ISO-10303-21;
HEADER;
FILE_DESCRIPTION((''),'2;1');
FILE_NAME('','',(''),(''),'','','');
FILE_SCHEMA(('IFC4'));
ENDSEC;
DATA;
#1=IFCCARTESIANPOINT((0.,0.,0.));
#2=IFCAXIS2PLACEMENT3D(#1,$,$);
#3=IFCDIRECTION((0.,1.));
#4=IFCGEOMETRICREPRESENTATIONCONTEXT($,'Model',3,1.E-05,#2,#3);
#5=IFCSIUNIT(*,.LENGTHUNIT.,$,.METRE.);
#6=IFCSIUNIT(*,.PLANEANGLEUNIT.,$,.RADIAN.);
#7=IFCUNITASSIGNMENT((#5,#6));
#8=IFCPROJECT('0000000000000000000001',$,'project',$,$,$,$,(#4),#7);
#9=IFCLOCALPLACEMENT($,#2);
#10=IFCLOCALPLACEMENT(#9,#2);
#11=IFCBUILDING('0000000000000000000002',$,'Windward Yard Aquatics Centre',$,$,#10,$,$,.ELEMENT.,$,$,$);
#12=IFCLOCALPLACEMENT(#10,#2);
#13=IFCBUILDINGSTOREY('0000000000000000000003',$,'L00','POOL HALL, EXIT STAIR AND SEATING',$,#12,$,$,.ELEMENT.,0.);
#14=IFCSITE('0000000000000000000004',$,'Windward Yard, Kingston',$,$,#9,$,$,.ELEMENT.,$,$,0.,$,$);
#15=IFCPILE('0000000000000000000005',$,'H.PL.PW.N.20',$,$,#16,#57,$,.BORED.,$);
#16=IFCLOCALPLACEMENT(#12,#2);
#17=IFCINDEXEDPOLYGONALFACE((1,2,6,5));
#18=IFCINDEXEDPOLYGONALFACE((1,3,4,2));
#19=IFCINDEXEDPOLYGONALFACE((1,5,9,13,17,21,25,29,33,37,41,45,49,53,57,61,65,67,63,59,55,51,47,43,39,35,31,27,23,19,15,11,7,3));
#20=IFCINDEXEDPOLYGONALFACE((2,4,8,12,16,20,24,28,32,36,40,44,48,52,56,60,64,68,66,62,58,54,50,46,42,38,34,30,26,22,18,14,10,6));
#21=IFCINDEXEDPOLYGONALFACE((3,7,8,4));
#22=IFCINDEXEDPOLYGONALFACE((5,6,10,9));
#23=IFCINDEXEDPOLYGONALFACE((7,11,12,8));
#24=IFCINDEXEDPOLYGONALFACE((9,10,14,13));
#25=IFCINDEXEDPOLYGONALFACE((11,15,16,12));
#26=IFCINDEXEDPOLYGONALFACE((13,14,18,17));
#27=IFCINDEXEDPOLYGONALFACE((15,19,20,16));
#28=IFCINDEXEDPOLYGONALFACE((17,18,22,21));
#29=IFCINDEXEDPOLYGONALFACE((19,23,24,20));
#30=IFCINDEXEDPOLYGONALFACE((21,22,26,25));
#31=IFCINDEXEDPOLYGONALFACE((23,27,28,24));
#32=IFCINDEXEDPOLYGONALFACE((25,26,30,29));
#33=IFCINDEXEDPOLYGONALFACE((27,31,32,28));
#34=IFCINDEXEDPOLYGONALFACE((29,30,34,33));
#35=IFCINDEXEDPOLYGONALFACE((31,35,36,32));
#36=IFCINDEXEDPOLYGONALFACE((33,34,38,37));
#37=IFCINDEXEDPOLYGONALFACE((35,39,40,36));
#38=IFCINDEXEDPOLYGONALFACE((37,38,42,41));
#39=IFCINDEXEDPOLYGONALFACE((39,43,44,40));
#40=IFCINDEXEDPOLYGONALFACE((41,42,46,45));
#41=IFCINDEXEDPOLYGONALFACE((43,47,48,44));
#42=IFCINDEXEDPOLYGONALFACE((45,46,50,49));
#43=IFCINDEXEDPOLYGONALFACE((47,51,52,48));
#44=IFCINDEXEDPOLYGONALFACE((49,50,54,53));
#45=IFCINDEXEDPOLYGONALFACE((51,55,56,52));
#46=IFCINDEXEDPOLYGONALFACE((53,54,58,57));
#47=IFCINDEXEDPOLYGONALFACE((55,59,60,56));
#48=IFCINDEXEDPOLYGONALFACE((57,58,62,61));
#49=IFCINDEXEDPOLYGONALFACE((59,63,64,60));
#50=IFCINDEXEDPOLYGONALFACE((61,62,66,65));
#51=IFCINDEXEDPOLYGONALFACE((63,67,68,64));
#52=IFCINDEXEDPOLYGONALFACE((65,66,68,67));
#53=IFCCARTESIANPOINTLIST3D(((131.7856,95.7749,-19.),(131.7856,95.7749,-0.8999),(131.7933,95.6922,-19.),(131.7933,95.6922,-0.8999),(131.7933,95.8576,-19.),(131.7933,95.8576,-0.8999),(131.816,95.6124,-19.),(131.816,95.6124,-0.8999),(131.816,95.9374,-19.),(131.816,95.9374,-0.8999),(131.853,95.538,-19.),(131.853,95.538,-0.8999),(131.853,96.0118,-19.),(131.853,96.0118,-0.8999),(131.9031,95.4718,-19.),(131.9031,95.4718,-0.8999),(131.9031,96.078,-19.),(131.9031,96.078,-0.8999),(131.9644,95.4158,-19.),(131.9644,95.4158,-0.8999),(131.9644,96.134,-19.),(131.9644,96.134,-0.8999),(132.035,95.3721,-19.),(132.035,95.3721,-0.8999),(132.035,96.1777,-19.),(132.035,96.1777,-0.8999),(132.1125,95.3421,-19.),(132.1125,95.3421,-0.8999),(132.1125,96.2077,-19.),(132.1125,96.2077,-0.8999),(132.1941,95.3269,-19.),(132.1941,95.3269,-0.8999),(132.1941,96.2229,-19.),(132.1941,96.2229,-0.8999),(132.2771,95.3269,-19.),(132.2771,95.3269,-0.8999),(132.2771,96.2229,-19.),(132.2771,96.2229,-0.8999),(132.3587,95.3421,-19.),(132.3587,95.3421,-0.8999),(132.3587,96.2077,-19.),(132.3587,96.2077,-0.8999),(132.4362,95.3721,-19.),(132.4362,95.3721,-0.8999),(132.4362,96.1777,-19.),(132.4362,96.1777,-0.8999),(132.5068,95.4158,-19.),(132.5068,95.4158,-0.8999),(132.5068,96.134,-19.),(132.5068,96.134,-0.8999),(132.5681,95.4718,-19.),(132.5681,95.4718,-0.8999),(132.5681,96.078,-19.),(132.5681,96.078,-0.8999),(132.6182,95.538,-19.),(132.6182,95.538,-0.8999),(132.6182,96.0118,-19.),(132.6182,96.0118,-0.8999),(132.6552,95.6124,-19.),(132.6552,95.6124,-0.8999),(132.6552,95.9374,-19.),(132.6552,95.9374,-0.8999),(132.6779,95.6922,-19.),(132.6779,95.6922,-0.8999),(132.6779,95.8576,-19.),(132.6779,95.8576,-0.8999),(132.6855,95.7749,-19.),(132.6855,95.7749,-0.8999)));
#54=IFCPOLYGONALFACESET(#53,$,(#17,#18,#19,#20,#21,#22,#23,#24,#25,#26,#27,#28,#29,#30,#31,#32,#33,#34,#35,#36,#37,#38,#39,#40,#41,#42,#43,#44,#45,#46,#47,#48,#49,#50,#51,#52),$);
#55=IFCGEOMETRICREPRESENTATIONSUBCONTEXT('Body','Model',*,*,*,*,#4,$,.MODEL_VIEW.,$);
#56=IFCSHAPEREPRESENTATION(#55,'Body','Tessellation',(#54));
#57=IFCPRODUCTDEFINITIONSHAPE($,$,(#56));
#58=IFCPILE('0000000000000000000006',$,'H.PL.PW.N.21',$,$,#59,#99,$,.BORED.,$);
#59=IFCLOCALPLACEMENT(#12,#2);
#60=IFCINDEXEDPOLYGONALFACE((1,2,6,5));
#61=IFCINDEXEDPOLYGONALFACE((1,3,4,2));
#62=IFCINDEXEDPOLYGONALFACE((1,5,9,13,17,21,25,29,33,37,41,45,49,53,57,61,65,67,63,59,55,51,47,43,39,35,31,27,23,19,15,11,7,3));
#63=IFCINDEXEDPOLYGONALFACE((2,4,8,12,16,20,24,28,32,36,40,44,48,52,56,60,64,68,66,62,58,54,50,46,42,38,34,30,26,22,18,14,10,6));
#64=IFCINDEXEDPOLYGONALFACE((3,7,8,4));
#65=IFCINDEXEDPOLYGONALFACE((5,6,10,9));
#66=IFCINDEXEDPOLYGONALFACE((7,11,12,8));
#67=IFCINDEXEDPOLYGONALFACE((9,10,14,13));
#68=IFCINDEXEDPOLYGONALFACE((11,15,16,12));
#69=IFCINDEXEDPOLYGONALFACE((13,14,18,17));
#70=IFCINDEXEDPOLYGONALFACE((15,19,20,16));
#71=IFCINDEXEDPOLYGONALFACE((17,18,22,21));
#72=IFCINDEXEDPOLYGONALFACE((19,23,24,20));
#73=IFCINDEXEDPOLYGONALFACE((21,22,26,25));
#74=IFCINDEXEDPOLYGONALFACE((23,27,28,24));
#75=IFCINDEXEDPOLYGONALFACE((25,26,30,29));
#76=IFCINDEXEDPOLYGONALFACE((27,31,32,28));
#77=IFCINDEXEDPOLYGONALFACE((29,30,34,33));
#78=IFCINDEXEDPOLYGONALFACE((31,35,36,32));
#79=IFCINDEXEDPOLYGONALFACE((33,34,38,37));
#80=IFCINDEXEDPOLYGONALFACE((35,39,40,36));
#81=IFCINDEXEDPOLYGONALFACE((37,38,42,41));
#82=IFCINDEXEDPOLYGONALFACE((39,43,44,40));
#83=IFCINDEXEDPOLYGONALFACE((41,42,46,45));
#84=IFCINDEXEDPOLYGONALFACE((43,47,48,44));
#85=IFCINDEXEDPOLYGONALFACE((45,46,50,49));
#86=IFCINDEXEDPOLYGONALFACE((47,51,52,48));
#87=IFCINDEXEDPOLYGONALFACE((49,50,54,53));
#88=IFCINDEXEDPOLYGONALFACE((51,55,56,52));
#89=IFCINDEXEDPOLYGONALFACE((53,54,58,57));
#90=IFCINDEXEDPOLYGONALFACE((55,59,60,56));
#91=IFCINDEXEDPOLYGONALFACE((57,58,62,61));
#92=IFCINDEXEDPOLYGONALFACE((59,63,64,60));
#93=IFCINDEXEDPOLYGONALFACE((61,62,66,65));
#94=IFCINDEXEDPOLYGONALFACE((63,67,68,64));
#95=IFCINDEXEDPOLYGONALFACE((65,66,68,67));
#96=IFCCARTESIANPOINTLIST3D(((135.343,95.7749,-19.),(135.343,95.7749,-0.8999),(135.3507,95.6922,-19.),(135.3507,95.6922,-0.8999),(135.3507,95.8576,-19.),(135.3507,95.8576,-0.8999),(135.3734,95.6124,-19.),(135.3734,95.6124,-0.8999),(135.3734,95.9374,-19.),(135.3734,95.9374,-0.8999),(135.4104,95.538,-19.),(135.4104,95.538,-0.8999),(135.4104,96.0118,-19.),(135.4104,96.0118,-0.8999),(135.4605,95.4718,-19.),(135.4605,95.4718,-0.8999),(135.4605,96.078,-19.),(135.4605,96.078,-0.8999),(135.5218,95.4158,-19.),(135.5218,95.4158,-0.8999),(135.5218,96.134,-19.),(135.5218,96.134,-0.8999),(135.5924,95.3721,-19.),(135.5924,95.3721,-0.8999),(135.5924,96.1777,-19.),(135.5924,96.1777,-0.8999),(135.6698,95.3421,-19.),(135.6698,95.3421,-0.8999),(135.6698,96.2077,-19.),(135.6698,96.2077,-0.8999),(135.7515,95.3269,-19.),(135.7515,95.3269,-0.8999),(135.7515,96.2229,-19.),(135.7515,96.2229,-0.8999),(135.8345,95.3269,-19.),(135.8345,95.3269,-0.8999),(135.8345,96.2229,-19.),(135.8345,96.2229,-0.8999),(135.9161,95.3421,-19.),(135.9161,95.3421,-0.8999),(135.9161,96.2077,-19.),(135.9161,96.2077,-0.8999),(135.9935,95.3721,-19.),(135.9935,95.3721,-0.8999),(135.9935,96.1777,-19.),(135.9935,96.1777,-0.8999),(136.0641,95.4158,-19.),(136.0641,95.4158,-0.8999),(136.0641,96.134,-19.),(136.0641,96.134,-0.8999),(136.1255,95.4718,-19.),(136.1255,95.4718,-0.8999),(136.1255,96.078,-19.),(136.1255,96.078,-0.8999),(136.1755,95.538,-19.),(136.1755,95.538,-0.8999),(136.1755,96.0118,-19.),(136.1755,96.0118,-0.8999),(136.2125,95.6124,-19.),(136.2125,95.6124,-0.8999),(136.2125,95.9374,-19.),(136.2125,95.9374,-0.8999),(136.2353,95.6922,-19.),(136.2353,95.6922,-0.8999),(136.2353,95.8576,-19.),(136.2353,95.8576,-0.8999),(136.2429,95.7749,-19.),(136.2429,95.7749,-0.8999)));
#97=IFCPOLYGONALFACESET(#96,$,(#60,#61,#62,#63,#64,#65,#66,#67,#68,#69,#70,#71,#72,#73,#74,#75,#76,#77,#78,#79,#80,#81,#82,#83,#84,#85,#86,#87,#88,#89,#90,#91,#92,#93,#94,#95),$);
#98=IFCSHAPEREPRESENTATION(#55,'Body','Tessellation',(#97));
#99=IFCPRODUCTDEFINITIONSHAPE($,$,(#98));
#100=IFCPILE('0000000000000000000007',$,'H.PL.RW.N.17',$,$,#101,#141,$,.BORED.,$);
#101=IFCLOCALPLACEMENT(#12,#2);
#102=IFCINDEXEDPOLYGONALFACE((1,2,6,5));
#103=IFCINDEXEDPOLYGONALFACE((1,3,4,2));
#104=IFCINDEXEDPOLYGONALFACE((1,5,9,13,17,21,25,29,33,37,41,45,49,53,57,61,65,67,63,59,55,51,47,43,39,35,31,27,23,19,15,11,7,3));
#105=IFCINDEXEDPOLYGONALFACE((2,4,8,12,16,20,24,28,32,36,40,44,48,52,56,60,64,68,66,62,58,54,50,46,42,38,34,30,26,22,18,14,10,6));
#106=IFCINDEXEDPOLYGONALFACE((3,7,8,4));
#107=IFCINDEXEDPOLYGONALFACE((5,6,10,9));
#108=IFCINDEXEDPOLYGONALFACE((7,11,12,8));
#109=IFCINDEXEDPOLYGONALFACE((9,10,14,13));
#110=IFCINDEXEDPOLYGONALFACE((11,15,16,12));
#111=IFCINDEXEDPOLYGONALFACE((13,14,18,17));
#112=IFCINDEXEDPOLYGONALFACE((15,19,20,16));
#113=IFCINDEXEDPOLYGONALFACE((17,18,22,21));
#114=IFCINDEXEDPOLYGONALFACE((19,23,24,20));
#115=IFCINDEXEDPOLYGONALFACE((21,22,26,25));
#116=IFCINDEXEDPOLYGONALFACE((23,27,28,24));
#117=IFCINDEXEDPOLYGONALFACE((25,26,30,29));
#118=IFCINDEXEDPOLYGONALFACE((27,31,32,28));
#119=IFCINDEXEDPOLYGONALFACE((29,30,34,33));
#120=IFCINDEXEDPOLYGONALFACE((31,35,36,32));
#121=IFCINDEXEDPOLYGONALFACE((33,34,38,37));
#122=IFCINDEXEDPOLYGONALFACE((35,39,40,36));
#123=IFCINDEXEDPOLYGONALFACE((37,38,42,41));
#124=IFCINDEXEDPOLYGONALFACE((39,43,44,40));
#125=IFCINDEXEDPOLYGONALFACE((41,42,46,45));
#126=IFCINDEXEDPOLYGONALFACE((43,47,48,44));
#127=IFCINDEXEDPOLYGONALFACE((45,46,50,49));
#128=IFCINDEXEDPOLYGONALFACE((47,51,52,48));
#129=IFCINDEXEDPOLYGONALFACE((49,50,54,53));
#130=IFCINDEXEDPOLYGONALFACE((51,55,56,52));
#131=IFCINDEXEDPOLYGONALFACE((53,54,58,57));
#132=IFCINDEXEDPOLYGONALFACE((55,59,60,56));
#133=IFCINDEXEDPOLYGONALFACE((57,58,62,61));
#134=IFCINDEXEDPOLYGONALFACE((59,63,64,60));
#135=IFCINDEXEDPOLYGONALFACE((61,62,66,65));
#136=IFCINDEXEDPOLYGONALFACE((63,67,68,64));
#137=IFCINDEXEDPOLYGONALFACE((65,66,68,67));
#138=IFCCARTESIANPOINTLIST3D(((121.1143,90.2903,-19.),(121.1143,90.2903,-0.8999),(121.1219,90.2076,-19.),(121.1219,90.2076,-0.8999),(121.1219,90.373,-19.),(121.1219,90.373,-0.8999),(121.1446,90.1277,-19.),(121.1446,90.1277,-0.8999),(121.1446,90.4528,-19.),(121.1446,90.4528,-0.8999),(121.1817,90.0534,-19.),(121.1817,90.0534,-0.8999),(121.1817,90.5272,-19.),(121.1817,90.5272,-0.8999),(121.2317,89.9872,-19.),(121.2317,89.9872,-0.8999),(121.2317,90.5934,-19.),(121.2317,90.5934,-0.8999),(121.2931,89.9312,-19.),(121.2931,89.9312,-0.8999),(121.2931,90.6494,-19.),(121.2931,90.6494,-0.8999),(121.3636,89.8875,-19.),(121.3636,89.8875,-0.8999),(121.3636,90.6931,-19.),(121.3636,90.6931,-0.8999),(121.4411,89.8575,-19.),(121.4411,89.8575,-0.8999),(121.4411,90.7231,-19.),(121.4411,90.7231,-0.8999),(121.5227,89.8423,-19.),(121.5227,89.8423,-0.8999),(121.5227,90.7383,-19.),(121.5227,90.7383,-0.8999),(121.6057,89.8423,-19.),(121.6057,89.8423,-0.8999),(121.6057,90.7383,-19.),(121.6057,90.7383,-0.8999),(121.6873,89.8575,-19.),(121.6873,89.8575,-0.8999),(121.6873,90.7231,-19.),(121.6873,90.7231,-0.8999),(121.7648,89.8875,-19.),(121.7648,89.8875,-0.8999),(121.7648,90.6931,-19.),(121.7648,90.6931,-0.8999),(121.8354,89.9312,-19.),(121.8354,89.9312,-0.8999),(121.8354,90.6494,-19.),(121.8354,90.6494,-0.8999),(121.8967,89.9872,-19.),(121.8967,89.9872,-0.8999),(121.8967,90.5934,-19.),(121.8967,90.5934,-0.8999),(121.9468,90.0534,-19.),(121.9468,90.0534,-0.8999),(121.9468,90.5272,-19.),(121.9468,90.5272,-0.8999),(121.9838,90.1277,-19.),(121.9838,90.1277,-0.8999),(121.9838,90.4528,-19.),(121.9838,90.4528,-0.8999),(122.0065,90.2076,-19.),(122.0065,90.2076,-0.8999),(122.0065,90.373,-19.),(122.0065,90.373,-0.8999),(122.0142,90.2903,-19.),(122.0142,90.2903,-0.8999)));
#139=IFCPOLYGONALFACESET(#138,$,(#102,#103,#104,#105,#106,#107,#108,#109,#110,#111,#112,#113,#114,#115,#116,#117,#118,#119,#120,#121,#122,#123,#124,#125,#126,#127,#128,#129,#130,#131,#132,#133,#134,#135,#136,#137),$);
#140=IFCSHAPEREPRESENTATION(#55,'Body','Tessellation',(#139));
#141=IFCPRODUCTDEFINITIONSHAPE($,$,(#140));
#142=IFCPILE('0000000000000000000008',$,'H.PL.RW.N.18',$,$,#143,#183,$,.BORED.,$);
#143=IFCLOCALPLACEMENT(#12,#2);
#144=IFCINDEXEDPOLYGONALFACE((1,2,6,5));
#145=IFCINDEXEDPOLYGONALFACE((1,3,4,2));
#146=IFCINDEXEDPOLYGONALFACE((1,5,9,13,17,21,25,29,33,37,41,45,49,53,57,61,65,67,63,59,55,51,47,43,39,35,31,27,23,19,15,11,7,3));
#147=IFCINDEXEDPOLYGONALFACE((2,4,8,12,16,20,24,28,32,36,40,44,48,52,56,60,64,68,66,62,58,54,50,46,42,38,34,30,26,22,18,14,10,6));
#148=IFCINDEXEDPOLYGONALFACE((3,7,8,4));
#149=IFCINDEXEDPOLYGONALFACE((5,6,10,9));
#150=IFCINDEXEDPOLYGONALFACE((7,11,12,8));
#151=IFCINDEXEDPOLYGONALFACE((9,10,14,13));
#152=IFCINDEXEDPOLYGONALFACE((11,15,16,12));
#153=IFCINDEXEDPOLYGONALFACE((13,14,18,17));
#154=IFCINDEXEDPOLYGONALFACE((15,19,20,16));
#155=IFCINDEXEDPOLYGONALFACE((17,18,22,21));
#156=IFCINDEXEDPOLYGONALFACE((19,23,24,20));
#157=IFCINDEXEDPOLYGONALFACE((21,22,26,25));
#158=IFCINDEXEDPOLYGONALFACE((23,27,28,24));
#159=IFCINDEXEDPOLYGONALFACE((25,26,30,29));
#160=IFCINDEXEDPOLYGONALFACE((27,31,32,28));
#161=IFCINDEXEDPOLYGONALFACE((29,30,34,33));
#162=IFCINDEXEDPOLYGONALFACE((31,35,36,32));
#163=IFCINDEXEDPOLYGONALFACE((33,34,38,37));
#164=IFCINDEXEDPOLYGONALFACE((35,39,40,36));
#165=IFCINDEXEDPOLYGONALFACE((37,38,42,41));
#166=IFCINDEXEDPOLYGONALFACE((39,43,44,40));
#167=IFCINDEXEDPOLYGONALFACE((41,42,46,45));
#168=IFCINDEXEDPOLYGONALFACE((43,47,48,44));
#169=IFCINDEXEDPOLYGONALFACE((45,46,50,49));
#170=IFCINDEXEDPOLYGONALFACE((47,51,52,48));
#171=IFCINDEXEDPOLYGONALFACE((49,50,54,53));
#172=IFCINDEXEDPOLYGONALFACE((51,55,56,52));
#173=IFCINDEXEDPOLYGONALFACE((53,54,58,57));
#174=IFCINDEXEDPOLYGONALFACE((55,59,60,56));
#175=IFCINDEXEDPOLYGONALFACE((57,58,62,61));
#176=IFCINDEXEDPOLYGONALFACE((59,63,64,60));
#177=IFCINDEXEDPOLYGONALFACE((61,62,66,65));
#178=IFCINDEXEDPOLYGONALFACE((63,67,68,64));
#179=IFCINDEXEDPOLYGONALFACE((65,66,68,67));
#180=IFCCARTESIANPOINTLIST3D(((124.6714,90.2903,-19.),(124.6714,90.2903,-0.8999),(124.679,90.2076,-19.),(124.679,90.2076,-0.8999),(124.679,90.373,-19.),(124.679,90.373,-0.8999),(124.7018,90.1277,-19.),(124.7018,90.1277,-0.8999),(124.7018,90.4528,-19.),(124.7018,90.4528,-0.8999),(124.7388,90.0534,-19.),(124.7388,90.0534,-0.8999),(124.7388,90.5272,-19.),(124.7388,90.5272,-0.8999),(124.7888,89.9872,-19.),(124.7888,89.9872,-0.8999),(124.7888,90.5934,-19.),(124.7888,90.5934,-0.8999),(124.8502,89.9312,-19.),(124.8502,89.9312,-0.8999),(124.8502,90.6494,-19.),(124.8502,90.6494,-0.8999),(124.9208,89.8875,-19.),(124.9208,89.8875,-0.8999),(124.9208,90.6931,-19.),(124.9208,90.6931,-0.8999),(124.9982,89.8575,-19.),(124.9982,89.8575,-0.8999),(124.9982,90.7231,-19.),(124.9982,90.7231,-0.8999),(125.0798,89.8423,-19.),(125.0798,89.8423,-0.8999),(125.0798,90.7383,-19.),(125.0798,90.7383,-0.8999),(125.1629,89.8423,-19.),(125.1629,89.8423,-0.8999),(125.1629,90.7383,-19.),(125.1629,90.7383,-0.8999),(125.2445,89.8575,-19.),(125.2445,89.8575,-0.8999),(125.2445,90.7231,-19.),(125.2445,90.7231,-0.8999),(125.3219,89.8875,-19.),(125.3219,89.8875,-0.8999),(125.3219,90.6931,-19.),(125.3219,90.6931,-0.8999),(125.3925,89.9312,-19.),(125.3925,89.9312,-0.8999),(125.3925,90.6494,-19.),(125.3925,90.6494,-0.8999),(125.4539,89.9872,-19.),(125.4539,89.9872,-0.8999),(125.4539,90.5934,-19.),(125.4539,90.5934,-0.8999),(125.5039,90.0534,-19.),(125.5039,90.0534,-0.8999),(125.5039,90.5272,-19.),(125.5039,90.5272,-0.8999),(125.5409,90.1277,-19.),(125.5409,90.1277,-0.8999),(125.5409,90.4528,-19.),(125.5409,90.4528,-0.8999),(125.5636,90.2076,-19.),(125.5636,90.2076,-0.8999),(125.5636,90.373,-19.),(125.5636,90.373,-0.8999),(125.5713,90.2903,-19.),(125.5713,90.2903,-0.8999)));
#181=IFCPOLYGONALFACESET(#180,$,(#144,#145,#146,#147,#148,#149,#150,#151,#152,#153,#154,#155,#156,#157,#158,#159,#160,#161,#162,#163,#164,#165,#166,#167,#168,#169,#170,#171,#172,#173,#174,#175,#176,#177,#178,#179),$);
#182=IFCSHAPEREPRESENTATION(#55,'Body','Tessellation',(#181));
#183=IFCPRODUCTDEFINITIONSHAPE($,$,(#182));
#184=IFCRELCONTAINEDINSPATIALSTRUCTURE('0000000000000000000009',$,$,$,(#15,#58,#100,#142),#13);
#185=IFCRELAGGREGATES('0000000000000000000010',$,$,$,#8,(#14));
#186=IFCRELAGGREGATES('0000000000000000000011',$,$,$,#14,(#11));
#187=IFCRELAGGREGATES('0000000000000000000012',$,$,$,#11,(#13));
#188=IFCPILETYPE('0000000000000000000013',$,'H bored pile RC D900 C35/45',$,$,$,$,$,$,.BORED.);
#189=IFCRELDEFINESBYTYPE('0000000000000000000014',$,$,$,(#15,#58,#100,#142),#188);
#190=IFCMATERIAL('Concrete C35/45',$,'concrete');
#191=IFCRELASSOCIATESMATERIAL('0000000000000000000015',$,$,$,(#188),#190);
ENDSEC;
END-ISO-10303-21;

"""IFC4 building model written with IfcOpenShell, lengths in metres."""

from ifc_helpers import new_model, si_unit, direction, frame, origin, origin_2d, place, context, subcontext, project, spatial, circle, extrude, material, material_profile, profile_set, type_object, element, save


model = new_model("IFC4")

# Units and contexts
model_context = context("Model", 3, precision=1e-05, world=origin(), true_north=direction((0.0, 1.0)))
body_context = subcontext(model_context, "Body", "Model", "MODEL_VIEW")
ifc_project = project(units=[si_unit("LENGTHUNIT", "METRE"), si_unit("PLANEANGLEUNIT", "RADIAN")], contexts=[model_context])

# Site, building, storey
site_placement = place(None, origin())
site = spatial("IfcSite", under=ifc_project, at=site_placement, Name="Windward Yard, Kingston", CompositionType="ELEMENT", RefElevation=0.0)
building_placement = place(site_placement, origin())
building = spatial("IfcBuilding", under=site, at=building_placement, Name="Windward Yard Aquatics Centre", CompositionType="ELEMENT")
storey_placement = place(building_placement, origin())
storey = spatial("IfcBuildingStorey", under=building, at=storey_placement, Name="L00", Description="POOL HALL, EXIT STAIR AND SEATING", CompositionType="ELEMENT", Elevation=0.0)

# Shared definitions
ifc_material_1 = material(Name="Concrete C35/45", Category="concrete")

# Piles
ifc_material_profile_1 = material_profile(ifc_material_1, circle(Radius=0.45, at=origin_2d()), Name="RC D900")
ifc_profile_set_1 = profile_set([ifc_material_profile_1], Name="Concrete C35/45")
pile_type = type_object("IfcPileType", Name="H bored pile RC D900 C35/45", PredefinedType="BORED", material=ifc_profile_set_1)
for number, where, z_axis, x_axis, name in (
    (1, (132.2356, 95.7749, -0.8999), (0.0, 0.0, -1.0), (1.0, 0.0, 0.0), "H.PL.PW.N.20"),
    (2, (135.793, 95.7749, -0.8999), (0.0, 0.0, -1.0), (1.0, 0.0, 0.0), "H.PL.PW.N.21"),
    (3, (121.5642, 90.2903, -0.8999), (0.0, 0.0, -1.0), (1.0, 0.0, 0.0), "H.PL.RW.N.17"),
    (4, (125.1213, 90.2903, -0.8999), (0.0, 0.0, -1.0), (1.0, 0.0, 0.0), "H.PL.RW.N.18"),
):
    element("IfcPile", number, at=place(storey_placement, frame(where, z_axis=z_axis, x_axis=x_axis)), inside=storey, type_object=pile_type, Name=name, PredefinedType="BORED", context=body_context, shape_type="SweptSolid", body=[
        extrude(circle(Radius=0.45, at=origin_2d()), origin(), (0.0, 0.0, 1.0), 18.1001),
    ])

save(model, "model.ifc")
